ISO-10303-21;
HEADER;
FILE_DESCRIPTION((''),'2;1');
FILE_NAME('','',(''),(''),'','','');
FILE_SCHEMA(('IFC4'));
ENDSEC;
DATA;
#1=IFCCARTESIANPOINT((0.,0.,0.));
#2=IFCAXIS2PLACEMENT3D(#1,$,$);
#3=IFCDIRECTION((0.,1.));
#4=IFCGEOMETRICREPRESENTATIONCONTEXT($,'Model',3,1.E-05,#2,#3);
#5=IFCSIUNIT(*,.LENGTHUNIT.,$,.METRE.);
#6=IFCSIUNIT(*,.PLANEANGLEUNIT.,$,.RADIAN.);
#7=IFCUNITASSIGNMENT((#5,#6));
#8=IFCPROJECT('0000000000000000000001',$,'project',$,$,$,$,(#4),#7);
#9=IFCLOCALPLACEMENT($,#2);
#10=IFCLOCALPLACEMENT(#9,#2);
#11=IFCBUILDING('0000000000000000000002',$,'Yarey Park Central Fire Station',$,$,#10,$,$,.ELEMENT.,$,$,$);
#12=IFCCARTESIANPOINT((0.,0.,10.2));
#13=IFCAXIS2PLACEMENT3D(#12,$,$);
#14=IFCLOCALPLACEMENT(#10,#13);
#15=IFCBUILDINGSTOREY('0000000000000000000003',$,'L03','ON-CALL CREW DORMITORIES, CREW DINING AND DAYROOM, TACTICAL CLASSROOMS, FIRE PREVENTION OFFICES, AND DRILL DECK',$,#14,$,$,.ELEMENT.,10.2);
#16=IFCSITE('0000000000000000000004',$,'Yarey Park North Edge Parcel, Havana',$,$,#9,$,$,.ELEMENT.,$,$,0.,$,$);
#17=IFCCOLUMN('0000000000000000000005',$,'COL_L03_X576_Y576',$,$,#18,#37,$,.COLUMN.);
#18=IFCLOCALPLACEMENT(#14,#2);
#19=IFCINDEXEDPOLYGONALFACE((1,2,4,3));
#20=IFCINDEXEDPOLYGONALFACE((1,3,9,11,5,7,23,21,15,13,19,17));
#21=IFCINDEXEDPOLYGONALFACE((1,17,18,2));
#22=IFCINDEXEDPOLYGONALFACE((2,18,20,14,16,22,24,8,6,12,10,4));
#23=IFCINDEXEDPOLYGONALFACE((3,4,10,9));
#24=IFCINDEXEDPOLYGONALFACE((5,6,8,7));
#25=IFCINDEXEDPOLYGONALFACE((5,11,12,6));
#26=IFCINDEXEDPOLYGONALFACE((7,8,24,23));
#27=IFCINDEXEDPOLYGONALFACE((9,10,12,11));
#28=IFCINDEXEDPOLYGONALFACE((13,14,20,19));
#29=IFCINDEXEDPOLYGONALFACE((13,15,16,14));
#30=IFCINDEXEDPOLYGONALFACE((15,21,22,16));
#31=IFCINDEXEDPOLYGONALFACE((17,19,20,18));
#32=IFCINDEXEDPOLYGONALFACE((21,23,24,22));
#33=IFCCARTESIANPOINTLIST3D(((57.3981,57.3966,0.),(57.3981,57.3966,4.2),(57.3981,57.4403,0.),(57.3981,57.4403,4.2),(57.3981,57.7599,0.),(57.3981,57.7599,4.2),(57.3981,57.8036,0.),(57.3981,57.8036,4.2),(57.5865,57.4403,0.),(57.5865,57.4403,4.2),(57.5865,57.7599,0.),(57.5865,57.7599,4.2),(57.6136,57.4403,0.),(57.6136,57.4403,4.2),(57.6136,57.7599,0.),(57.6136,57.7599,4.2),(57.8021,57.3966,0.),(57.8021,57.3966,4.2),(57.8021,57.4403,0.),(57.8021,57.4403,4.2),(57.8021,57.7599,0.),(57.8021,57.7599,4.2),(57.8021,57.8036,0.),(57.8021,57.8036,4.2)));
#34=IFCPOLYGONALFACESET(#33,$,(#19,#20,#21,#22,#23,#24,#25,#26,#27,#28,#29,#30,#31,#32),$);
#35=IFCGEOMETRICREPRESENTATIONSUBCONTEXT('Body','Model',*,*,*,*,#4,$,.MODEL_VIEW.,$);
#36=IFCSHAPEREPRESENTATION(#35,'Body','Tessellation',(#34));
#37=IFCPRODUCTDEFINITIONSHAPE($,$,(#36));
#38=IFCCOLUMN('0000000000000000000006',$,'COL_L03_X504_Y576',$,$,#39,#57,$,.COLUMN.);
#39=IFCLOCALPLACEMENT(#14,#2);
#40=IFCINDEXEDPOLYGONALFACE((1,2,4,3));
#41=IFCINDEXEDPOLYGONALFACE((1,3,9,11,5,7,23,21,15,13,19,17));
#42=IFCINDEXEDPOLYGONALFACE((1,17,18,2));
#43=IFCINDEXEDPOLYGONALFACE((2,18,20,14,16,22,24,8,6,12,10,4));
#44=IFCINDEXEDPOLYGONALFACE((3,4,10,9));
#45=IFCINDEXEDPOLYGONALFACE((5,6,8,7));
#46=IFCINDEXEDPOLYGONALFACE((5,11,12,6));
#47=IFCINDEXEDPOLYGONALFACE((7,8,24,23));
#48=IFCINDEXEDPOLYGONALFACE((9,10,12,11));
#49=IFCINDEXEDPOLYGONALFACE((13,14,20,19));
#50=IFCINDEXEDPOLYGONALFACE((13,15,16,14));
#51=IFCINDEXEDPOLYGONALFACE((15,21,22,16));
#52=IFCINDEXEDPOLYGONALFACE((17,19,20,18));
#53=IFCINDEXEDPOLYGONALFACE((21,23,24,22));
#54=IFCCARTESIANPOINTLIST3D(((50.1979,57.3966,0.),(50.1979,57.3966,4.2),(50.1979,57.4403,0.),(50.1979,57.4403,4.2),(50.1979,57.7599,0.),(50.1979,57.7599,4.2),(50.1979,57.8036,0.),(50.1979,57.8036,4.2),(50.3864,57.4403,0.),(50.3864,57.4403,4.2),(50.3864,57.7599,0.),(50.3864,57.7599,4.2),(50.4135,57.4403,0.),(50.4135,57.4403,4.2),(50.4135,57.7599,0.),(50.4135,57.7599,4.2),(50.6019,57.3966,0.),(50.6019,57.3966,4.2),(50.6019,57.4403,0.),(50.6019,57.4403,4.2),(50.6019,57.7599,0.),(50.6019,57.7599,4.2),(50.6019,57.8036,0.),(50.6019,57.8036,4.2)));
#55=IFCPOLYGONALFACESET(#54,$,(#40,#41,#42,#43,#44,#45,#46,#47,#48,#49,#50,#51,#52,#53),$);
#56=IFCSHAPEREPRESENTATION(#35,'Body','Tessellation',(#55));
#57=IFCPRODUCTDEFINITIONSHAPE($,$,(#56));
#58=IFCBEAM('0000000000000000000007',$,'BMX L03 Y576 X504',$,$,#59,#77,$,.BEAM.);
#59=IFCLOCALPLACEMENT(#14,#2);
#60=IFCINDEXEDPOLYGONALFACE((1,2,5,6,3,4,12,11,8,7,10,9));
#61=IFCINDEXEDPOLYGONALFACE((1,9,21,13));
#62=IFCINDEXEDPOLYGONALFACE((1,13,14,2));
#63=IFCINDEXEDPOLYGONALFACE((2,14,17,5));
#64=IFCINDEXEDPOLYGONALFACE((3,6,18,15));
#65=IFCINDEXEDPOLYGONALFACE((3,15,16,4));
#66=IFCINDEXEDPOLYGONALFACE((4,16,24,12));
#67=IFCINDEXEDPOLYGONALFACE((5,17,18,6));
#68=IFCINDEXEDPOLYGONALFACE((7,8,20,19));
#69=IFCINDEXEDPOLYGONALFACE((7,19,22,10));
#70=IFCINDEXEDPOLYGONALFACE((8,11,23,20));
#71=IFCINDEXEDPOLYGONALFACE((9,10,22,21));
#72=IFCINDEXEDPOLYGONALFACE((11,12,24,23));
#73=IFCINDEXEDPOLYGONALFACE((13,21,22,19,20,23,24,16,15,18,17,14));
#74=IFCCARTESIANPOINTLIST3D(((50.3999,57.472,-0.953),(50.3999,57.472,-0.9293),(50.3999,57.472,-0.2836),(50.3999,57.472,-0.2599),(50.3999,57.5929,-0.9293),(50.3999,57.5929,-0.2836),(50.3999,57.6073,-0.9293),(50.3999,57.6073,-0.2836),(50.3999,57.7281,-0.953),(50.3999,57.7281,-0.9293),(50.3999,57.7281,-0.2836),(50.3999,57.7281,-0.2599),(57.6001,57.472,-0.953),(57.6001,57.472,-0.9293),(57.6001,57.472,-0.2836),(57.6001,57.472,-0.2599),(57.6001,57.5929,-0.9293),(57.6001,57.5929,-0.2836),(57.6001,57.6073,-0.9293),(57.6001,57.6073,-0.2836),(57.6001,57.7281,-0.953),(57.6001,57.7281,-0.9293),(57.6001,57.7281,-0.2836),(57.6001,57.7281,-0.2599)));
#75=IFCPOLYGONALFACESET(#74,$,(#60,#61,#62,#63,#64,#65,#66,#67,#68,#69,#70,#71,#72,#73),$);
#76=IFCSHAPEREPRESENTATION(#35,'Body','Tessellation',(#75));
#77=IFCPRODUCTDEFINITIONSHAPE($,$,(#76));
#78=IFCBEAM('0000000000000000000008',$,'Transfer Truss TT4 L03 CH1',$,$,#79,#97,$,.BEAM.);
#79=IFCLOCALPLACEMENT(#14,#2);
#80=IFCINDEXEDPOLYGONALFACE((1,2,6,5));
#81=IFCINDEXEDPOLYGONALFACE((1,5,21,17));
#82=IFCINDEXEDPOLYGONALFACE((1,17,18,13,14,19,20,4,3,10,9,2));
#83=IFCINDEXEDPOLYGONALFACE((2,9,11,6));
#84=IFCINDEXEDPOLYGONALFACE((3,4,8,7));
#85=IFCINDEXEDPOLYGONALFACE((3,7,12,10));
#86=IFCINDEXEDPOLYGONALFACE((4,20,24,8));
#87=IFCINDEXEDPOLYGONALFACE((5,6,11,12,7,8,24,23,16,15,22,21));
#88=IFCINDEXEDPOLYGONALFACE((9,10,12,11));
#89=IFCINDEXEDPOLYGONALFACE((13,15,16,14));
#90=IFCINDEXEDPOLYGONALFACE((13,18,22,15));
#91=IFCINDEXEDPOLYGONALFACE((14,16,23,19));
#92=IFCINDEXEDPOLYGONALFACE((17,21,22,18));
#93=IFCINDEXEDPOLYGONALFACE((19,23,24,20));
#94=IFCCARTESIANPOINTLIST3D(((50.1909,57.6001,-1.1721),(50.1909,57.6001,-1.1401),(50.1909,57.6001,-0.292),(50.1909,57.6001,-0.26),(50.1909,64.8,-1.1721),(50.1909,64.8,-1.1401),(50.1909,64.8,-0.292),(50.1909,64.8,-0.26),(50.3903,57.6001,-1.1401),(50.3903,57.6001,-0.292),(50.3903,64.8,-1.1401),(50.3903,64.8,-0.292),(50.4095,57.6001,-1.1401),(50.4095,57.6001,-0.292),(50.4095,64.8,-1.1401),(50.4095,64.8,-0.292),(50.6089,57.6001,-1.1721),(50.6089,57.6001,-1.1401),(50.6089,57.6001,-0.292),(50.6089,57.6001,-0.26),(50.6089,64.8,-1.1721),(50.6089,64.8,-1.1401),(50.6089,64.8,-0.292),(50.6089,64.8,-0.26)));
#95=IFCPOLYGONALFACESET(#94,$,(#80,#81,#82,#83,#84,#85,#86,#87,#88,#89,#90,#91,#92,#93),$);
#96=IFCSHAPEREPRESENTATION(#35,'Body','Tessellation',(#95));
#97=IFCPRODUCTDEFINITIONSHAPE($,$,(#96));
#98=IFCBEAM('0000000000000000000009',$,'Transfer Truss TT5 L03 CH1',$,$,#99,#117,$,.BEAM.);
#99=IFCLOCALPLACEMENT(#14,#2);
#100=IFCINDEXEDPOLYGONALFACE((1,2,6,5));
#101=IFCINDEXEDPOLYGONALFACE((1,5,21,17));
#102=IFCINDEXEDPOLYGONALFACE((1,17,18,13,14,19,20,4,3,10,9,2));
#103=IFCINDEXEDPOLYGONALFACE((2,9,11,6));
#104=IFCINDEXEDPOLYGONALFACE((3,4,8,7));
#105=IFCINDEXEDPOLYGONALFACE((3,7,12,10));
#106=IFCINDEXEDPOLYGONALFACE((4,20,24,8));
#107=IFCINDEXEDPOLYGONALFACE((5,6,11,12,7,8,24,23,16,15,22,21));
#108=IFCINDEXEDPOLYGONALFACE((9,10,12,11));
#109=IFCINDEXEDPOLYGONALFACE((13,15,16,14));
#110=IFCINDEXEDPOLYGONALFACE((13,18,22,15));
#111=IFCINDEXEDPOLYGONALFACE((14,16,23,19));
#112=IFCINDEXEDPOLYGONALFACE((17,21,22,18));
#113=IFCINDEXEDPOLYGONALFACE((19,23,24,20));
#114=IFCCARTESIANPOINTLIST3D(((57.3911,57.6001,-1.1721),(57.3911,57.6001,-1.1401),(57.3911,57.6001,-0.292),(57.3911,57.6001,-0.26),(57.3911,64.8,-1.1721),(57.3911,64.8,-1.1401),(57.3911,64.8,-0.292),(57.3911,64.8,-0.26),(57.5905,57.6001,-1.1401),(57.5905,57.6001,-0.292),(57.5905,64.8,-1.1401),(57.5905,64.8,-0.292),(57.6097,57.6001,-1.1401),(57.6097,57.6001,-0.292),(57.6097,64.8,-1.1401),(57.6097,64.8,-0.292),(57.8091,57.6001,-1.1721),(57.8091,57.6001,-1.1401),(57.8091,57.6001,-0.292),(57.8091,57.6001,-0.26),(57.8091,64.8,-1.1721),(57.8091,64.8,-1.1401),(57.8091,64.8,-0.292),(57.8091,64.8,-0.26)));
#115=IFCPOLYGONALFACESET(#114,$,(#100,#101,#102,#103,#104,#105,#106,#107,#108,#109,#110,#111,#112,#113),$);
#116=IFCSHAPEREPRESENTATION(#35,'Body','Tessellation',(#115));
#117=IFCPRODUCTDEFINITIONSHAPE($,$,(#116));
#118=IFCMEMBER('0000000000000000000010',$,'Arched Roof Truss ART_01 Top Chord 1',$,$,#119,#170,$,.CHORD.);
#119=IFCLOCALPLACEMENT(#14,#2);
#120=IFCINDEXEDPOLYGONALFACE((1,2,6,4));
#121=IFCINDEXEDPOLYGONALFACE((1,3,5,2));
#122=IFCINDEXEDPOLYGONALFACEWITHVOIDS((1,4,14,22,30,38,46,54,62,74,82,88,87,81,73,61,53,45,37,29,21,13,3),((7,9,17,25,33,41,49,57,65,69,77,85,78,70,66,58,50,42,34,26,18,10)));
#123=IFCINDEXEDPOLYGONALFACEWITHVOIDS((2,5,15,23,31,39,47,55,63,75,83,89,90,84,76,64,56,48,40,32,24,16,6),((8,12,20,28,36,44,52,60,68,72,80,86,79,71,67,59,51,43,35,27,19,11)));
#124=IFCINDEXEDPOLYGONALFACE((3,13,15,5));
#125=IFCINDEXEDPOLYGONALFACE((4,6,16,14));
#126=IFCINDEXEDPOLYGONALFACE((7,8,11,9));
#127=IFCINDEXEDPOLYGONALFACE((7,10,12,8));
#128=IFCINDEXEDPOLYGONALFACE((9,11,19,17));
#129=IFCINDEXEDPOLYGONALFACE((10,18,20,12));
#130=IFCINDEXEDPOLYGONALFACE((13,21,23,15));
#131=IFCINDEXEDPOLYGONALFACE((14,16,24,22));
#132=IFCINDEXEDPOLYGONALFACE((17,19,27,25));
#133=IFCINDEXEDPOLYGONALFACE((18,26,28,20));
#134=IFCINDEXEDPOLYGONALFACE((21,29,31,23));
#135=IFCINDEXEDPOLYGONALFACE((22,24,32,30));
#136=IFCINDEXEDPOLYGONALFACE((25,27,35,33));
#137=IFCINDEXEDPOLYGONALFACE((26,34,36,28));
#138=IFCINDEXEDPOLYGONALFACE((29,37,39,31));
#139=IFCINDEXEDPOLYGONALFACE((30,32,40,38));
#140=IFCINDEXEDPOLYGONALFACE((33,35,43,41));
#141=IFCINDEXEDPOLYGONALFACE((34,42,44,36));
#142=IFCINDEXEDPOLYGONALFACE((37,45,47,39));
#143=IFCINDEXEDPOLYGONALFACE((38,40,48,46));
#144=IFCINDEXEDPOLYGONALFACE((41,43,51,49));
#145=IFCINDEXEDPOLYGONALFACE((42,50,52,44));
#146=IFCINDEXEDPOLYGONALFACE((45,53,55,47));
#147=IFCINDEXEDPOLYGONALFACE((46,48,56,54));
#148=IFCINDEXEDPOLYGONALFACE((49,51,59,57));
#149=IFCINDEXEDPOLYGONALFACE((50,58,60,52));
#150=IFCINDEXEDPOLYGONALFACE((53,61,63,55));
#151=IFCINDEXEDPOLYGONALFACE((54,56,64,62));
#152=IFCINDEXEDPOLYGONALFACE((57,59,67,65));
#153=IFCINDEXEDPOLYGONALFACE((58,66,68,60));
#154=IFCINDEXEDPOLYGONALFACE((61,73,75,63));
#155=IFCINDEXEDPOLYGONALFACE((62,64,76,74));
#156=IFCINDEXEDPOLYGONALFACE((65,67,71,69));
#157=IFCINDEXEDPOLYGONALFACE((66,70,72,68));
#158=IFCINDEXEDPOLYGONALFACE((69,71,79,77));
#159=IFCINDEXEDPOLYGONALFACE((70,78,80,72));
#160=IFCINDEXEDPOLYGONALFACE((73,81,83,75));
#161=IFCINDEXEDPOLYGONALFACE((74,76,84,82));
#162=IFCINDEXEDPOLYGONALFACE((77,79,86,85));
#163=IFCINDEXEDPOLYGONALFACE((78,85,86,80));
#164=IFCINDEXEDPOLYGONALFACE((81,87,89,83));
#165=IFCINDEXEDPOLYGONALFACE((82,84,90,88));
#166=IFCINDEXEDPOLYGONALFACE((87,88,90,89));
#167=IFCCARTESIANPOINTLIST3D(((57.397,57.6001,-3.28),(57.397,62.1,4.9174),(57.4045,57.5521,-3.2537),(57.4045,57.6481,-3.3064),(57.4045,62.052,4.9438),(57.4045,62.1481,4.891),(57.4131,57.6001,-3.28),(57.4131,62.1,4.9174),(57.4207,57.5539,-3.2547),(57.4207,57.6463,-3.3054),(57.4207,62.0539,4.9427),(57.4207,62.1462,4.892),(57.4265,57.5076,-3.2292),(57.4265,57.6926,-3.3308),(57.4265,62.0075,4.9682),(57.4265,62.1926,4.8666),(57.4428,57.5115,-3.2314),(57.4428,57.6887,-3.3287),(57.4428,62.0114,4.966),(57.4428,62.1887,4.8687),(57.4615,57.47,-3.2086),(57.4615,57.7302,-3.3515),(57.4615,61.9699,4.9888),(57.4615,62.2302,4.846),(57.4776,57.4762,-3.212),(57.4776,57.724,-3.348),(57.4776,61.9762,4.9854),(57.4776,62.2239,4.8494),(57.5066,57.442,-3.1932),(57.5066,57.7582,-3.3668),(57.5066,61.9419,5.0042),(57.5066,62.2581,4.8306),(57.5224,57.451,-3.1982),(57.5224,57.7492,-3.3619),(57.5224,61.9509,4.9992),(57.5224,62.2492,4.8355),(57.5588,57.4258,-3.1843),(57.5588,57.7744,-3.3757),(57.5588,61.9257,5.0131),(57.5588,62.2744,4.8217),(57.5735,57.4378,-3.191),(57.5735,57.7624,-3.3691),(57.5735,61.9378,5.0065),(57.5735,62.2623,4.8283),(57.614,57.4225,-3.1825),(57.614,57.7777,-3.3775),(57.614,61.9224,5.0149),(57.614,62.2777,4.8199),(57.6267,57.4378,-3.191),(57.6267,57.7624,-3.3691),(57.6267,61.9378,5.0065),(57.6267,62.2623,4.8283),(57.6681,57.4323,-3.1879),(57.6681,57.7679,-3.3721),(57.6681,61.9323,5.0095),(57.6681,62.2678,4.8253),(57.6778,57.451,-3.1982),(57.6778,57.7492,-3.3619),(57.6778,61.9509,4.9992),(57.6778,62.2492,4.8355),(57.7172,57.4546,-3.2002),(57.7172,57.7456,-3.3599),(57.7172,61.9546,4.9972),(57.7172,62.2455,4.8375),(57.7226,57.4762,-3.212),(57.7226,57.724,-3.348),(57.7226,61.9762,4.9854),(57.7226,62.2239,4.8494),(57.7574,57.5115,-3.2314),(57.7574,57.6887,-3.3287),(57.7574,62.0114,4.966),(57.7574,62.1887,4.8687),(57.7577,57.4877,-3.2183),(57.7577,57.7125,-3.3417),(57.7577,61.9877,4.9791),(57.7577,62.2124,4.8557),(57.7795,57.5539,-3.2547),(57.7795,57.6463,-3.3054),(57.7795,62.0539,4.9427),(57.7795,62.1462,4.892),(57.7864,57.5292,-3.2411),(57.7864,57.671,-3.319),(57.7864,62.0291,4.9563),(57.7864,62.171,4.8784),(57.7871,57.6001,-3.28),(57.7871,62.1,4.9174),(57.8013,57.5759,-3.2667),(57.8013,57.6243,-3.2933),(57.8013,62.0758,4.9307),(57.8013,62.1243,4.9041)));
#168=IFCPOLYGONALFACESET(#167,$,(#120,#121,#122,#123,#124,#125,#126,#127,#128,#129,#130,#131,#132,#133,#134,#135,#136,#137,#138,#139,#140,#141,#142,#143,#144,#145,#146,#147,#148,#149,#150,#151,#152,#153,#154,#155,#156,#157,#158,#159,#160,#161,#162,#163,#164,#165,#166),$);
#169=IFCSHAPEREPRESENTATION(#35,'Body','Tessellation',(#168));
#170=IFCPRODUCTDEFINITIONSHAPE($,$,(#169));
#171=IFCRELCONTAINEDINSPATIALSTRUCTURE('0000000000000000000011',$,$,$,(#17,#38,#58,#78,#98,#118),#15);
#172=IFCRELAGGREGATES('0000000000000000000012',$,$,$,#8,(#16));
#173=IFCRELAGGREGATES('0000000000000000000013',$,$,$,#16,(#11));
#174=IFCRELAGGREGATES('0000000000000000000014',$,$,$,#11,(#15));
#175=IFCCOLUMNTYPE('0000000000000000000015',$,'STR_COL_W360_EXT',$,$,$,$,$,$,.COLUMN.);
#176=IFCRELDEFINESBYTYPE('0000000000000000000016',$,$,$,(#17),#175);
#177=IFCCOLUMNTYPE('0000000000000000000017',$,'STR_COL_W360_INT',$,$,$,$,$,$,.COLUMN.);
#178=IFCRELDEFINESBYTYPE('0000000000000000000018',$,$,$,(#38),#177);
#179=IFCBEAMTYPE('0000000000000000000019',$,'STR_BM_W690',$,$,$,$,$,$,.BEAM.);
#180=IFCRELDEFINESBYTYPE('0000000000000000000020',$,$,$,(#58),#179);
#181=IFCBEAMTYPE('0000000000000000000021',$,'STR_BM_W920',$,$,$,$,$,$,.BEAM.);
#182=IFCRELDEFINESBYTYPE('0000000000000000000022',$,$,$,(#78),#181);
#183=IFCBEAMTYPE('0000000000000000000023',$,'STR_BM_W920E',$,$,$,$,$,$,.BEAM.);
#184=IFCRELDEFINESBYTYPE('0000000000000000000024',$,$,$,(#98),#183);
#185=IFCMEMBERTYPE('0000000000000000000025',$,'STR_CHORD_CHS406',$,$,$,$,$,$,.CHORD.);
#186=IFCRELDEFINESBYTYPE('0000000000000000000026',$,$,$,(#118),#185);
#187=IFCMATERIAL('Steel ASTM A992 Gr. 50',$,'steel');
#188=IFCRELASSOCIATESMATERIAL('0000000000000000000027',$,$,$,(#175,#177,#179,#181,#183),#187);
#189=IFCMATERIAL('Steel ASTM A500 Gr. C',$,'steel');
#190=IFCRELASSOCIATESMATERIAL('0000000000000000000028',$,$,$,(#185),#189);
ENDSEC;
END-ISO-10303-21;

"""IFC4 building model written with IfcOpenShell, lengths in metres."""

from ifc_helpers import new_model, si_unit, direction, frame, origin, origin_2d, place, context, subcontext, project, spatial, hollow_circle, i_section, extrude, material, material_profile, profile_set, type_object, element, save


model = new_model("IFC4")

# Units and contexts
model_context = context("Model", 3, precision=1e-05, world=origin(), true_north=direction((0.0, 1.0)))
body_context = subcontext(model_context, "Body", "Model", "MODEL_VIEW")
ifc_project = project(units=[si_unit("LENGTHUNIT", "METRE"), si_unit("PLANEANGLEUNIT", "RADIAN")], contexts=[model_context])

# Site, building, storey
site_placement = place(None, origin())
site = spatial("IfcSite", under=ifc_project, at=site_placement, Name="Yarey Park North Edge Parcel, Havana", CompositionType="ELEMENT", RefElevation=0.0)
building_placement = place(site_placement, origin())
building = spatial("IfcBuilding", under=site, at=building_placement, Name="Yarey Park Central Fire Station", CompositionType="ELEMENT")
storey_placement = place(building_placement, frame((0.0, 0.0, 10.2)))
storey = spatial("IfcBuildingStorey", under=building, at=storey_placement, Name="L03", Description="ON-CALL CREW DORMITORIES, CREW DINING AND DAYROOM, TACTICAL CLASSROOMS, FIRE PREVENTION OFFICES, AND DRILL DECK", CompositionType="ELEMENT", Elevation=10.2)

# Columns
ifc_material_1 = material(Name="Steel ASTM A992 Gr. 50", Category="steel")
ifc_material_profile_1 = material_profile(ifc_material_1, i_section(OverallWidth=0.4041, OverallDepth=0.407, WebThickness=0.0271, FlangeThickness=0.0437, at=origin_2d()), Name="W360x347")
ifc_profile_set_1 = profile_set([ifc_material_profile_1], Name="Steel ASTM A992 Gr. 50")
column_type_1 = type_object("IfcColumnType", Name="STR_COL_W360_EXT", PredefinedType="COLUMN", material=ifc_profile_set_1)
column_1_placement = place(storey_placement, frame((57.6001, 57.6001, 0.0), z_axis=(0.0, 0.0, 1.0), x_axis=(1.0, 0.0, 0.0)))
element("IfcColumn", 1, at=column_1_placement, inside=storey, type_object=column_type_1, Name="COL_L03_X576_Y576", PredefinedType="COLUMN", context=body_context, shape_type="SweptSolid", body=[
    extrude(i_section(OverallWidth=0.4041, OverallDepth=0.407, WebThickness=0.0271, FlangeThickness=0.0437, at=origin_2d()), origin(), (0.0, 0.0, 1.0), 4.2),
])
ifc_material_profile_2 = material_profile(ifc_material_1, i_section(OverallWidth=0.4041, OverallDepth=0.407, WebThickness=0.0271, FlangeThickness=0.0437, at=origin_2d()), Name="W360x347")
ifc_profile_set_2 = profile_set([ifc_material_profile_2], Name="Steel ASTM A992 Gr. 50")
column_type_2 = type_object("IfcColumnType", Name="STR_COL_W360_INT", PredefinedType="COLUMN", material=ifc_profile_set_2)
column_2_placement = place(storey_placement, frame((50.3999, 57.6001, 0.0), z_axis=(0.0, 0.0, 1.0), x_axis=(1.0, 0.0, 0.0)))
element("IfcColumn", 2, at=column_2_placement, inside=storey, type_object=column_type_2, Name="COL_L03_X504_Y576", PredefinedType="COLUMN", context=body_context, shape_type="SweptSolid", body=[
    extrude(i_section(OverallWidth=0.4041, OverallDepth=0.407, WebThickness=0.0271, FlangeThickness=0.0437, at=origin_2d()), origin(), (0.0, 0.0, 1.0), 4.2),
])

# Beams
ifc_material_profile_3 = material_profile(ifc_material_1, i_section(OverallWidth=0.2561, OverallDepth=0.6931, WebThickness=0.0144, FlangeThickness=0.0237, at=origin_2d()), Name="W690x170")
ifc_profile_set_3 = profile_set([ifc_material_profile_3], Name="Steel ASTM A992 Gr. 50")
beam_type_1 = type_object("IfcBeamType", Name="STR_BM_W690", PredefinedType="BEAM", material=ifc_profile_set_3)
beam_1_placement = place(storey_placement, frame((50.3999, 57.6001, -0.6064), z_axis=(1.0, 0.0, 0.0), x_axis=(0.0, 1.0, 0.0)))
element("IfcBeam", 3, at=beam_1_placement, inside=storey, type_object=beam_type_1, Name="BMX L03 Y576 X504", PredefinedType="BEAM", context=body_context, shape_type="SweptSolid", body=[
    extrude(i_section(OverallWidth=0.2561, OverallDepth=0.6931, WebThickness=0.0144, FlangeThickness=0.0237, at=origin_2d()), origin(), (0.0, 0.0, 1.0), 7.2002),
])
ifc_material_profile_4 = material_profile(ifc_material_1, i_section(OverallWidth=0.418, OverallDepth=0.9121, WebThickness=0.0193, FlangeThickness=0.032, at=origin_2d()), Name="W920x342")
ifc_profile_set_4 = profile_set([ifc_material_profile_4], Name="Steel ASTM A992 Gr. 50")
beam_type_2 = type_object("IfcBeamType", Name="STR_BM_W920", PredefinedType="BEAM", material=ifc_profile_set_4)
beam_2_placement = place(storey_placement, frame((50.3999, 57.6001, -0.7161), z_axis=(0.0, 1.0, 0.0), x_axis=(-1.0, 0.0, 0.0)))
element("IfcBeam", 4, at=beam_2_placement, inside=storey, type_object=beam_type_2, Name="Transfer Truss TT4 L03 CH1", PredefinedType="BEAM", context=body_context, shape_type="SweptSolid", body=[
    extrude(i_section(OverallWidth=0.418, OverallDepth=0.9121, WebThickness=0.0193, FlangeThickness=0.032, at=origin_2d()), origin(), (0.0, 0.0, 1.0), 7.2),
])
ifc_material_profile_5 = material_profile(ifc_material_1, i_section(OverallWidth=0.418, OverallDepth=0.9121, WebThickness=0.0193, FlangeThickness=0.032, at=origin_2d()), Name="W920x342")
ifc_profile_set_5 = profile_set([ifc_material_profile_5], Name="Steel ASTM A992 Gr. 50")
beam_type_3 = type_object("IfcBeamType", Name="STR_BM_W920E", PredefinedType="BEAM", material=ifc_profile_set_5)
beam_3_placement = place(storey_placement, frame((57.6001, 57.6001, -0.7161), z_axis=(0.0, 1.0, 0.0), x_axis=(-1.0, 0.0, 0.0)))
element("IfcBeam", 5, at=beam_3_placement, inside=storey, type_object=beam_type_3, Name="Transfer Truss TT5 L03 CH1", PredefinedType="BEAM", context=body_context, shape_type="SweptSolid", body=[
    extrude(i_section(OverallWidth=0.418, OverallDepth=0.9121, WebThickness=0.0193, FlangeThickness=0.032, at=origin_2d()), origin(), (0.0, 0.0, 1.0), 7.2),
])

# Member
ifc_material_2 = material(Name="Steel ASTM A500 Gr. C", Category="steel")
ifc_material_profile_6 = material_profile(ifc_material_2, hollow_circle(Radius=0.2031, WallThickness=0.0161, at=origin_2d()), Name="CHS 406.4x16")
ifc_profile_set_6 = profile_set([ifc_material_profile_6], Name="Steel ASTM A500 Gr. C")
member_type_1 = type_object("IfcMemberType", Name="STR_CHORD_CHS406", PredefinedType="CHORD", material=ifc_profile_set_6)
member_1_placement = place(storey_placement, frame((57.6001, 57.6001, -3.28), z_axis=(0.0, 0.48121, 0.876605), x_axis=(-1.0, 0.0, 0.0)))
element("IfcMember", 6, at=member_1_placement, inside=storey, type_object=member_type_1, Name="Arched Roof Truss ART_01 Top Chord 1", PredefinedType="CHORD", context=body_context, shape_type="SweptSolid", body=[
    extrude(hollow_circle(Radius=0.2031, WallThickness=0.0161, at=origin_2d()), origin(), (0.0, 0.0, 1.0), 9.3513),
])

save(model, "model.ifc")
